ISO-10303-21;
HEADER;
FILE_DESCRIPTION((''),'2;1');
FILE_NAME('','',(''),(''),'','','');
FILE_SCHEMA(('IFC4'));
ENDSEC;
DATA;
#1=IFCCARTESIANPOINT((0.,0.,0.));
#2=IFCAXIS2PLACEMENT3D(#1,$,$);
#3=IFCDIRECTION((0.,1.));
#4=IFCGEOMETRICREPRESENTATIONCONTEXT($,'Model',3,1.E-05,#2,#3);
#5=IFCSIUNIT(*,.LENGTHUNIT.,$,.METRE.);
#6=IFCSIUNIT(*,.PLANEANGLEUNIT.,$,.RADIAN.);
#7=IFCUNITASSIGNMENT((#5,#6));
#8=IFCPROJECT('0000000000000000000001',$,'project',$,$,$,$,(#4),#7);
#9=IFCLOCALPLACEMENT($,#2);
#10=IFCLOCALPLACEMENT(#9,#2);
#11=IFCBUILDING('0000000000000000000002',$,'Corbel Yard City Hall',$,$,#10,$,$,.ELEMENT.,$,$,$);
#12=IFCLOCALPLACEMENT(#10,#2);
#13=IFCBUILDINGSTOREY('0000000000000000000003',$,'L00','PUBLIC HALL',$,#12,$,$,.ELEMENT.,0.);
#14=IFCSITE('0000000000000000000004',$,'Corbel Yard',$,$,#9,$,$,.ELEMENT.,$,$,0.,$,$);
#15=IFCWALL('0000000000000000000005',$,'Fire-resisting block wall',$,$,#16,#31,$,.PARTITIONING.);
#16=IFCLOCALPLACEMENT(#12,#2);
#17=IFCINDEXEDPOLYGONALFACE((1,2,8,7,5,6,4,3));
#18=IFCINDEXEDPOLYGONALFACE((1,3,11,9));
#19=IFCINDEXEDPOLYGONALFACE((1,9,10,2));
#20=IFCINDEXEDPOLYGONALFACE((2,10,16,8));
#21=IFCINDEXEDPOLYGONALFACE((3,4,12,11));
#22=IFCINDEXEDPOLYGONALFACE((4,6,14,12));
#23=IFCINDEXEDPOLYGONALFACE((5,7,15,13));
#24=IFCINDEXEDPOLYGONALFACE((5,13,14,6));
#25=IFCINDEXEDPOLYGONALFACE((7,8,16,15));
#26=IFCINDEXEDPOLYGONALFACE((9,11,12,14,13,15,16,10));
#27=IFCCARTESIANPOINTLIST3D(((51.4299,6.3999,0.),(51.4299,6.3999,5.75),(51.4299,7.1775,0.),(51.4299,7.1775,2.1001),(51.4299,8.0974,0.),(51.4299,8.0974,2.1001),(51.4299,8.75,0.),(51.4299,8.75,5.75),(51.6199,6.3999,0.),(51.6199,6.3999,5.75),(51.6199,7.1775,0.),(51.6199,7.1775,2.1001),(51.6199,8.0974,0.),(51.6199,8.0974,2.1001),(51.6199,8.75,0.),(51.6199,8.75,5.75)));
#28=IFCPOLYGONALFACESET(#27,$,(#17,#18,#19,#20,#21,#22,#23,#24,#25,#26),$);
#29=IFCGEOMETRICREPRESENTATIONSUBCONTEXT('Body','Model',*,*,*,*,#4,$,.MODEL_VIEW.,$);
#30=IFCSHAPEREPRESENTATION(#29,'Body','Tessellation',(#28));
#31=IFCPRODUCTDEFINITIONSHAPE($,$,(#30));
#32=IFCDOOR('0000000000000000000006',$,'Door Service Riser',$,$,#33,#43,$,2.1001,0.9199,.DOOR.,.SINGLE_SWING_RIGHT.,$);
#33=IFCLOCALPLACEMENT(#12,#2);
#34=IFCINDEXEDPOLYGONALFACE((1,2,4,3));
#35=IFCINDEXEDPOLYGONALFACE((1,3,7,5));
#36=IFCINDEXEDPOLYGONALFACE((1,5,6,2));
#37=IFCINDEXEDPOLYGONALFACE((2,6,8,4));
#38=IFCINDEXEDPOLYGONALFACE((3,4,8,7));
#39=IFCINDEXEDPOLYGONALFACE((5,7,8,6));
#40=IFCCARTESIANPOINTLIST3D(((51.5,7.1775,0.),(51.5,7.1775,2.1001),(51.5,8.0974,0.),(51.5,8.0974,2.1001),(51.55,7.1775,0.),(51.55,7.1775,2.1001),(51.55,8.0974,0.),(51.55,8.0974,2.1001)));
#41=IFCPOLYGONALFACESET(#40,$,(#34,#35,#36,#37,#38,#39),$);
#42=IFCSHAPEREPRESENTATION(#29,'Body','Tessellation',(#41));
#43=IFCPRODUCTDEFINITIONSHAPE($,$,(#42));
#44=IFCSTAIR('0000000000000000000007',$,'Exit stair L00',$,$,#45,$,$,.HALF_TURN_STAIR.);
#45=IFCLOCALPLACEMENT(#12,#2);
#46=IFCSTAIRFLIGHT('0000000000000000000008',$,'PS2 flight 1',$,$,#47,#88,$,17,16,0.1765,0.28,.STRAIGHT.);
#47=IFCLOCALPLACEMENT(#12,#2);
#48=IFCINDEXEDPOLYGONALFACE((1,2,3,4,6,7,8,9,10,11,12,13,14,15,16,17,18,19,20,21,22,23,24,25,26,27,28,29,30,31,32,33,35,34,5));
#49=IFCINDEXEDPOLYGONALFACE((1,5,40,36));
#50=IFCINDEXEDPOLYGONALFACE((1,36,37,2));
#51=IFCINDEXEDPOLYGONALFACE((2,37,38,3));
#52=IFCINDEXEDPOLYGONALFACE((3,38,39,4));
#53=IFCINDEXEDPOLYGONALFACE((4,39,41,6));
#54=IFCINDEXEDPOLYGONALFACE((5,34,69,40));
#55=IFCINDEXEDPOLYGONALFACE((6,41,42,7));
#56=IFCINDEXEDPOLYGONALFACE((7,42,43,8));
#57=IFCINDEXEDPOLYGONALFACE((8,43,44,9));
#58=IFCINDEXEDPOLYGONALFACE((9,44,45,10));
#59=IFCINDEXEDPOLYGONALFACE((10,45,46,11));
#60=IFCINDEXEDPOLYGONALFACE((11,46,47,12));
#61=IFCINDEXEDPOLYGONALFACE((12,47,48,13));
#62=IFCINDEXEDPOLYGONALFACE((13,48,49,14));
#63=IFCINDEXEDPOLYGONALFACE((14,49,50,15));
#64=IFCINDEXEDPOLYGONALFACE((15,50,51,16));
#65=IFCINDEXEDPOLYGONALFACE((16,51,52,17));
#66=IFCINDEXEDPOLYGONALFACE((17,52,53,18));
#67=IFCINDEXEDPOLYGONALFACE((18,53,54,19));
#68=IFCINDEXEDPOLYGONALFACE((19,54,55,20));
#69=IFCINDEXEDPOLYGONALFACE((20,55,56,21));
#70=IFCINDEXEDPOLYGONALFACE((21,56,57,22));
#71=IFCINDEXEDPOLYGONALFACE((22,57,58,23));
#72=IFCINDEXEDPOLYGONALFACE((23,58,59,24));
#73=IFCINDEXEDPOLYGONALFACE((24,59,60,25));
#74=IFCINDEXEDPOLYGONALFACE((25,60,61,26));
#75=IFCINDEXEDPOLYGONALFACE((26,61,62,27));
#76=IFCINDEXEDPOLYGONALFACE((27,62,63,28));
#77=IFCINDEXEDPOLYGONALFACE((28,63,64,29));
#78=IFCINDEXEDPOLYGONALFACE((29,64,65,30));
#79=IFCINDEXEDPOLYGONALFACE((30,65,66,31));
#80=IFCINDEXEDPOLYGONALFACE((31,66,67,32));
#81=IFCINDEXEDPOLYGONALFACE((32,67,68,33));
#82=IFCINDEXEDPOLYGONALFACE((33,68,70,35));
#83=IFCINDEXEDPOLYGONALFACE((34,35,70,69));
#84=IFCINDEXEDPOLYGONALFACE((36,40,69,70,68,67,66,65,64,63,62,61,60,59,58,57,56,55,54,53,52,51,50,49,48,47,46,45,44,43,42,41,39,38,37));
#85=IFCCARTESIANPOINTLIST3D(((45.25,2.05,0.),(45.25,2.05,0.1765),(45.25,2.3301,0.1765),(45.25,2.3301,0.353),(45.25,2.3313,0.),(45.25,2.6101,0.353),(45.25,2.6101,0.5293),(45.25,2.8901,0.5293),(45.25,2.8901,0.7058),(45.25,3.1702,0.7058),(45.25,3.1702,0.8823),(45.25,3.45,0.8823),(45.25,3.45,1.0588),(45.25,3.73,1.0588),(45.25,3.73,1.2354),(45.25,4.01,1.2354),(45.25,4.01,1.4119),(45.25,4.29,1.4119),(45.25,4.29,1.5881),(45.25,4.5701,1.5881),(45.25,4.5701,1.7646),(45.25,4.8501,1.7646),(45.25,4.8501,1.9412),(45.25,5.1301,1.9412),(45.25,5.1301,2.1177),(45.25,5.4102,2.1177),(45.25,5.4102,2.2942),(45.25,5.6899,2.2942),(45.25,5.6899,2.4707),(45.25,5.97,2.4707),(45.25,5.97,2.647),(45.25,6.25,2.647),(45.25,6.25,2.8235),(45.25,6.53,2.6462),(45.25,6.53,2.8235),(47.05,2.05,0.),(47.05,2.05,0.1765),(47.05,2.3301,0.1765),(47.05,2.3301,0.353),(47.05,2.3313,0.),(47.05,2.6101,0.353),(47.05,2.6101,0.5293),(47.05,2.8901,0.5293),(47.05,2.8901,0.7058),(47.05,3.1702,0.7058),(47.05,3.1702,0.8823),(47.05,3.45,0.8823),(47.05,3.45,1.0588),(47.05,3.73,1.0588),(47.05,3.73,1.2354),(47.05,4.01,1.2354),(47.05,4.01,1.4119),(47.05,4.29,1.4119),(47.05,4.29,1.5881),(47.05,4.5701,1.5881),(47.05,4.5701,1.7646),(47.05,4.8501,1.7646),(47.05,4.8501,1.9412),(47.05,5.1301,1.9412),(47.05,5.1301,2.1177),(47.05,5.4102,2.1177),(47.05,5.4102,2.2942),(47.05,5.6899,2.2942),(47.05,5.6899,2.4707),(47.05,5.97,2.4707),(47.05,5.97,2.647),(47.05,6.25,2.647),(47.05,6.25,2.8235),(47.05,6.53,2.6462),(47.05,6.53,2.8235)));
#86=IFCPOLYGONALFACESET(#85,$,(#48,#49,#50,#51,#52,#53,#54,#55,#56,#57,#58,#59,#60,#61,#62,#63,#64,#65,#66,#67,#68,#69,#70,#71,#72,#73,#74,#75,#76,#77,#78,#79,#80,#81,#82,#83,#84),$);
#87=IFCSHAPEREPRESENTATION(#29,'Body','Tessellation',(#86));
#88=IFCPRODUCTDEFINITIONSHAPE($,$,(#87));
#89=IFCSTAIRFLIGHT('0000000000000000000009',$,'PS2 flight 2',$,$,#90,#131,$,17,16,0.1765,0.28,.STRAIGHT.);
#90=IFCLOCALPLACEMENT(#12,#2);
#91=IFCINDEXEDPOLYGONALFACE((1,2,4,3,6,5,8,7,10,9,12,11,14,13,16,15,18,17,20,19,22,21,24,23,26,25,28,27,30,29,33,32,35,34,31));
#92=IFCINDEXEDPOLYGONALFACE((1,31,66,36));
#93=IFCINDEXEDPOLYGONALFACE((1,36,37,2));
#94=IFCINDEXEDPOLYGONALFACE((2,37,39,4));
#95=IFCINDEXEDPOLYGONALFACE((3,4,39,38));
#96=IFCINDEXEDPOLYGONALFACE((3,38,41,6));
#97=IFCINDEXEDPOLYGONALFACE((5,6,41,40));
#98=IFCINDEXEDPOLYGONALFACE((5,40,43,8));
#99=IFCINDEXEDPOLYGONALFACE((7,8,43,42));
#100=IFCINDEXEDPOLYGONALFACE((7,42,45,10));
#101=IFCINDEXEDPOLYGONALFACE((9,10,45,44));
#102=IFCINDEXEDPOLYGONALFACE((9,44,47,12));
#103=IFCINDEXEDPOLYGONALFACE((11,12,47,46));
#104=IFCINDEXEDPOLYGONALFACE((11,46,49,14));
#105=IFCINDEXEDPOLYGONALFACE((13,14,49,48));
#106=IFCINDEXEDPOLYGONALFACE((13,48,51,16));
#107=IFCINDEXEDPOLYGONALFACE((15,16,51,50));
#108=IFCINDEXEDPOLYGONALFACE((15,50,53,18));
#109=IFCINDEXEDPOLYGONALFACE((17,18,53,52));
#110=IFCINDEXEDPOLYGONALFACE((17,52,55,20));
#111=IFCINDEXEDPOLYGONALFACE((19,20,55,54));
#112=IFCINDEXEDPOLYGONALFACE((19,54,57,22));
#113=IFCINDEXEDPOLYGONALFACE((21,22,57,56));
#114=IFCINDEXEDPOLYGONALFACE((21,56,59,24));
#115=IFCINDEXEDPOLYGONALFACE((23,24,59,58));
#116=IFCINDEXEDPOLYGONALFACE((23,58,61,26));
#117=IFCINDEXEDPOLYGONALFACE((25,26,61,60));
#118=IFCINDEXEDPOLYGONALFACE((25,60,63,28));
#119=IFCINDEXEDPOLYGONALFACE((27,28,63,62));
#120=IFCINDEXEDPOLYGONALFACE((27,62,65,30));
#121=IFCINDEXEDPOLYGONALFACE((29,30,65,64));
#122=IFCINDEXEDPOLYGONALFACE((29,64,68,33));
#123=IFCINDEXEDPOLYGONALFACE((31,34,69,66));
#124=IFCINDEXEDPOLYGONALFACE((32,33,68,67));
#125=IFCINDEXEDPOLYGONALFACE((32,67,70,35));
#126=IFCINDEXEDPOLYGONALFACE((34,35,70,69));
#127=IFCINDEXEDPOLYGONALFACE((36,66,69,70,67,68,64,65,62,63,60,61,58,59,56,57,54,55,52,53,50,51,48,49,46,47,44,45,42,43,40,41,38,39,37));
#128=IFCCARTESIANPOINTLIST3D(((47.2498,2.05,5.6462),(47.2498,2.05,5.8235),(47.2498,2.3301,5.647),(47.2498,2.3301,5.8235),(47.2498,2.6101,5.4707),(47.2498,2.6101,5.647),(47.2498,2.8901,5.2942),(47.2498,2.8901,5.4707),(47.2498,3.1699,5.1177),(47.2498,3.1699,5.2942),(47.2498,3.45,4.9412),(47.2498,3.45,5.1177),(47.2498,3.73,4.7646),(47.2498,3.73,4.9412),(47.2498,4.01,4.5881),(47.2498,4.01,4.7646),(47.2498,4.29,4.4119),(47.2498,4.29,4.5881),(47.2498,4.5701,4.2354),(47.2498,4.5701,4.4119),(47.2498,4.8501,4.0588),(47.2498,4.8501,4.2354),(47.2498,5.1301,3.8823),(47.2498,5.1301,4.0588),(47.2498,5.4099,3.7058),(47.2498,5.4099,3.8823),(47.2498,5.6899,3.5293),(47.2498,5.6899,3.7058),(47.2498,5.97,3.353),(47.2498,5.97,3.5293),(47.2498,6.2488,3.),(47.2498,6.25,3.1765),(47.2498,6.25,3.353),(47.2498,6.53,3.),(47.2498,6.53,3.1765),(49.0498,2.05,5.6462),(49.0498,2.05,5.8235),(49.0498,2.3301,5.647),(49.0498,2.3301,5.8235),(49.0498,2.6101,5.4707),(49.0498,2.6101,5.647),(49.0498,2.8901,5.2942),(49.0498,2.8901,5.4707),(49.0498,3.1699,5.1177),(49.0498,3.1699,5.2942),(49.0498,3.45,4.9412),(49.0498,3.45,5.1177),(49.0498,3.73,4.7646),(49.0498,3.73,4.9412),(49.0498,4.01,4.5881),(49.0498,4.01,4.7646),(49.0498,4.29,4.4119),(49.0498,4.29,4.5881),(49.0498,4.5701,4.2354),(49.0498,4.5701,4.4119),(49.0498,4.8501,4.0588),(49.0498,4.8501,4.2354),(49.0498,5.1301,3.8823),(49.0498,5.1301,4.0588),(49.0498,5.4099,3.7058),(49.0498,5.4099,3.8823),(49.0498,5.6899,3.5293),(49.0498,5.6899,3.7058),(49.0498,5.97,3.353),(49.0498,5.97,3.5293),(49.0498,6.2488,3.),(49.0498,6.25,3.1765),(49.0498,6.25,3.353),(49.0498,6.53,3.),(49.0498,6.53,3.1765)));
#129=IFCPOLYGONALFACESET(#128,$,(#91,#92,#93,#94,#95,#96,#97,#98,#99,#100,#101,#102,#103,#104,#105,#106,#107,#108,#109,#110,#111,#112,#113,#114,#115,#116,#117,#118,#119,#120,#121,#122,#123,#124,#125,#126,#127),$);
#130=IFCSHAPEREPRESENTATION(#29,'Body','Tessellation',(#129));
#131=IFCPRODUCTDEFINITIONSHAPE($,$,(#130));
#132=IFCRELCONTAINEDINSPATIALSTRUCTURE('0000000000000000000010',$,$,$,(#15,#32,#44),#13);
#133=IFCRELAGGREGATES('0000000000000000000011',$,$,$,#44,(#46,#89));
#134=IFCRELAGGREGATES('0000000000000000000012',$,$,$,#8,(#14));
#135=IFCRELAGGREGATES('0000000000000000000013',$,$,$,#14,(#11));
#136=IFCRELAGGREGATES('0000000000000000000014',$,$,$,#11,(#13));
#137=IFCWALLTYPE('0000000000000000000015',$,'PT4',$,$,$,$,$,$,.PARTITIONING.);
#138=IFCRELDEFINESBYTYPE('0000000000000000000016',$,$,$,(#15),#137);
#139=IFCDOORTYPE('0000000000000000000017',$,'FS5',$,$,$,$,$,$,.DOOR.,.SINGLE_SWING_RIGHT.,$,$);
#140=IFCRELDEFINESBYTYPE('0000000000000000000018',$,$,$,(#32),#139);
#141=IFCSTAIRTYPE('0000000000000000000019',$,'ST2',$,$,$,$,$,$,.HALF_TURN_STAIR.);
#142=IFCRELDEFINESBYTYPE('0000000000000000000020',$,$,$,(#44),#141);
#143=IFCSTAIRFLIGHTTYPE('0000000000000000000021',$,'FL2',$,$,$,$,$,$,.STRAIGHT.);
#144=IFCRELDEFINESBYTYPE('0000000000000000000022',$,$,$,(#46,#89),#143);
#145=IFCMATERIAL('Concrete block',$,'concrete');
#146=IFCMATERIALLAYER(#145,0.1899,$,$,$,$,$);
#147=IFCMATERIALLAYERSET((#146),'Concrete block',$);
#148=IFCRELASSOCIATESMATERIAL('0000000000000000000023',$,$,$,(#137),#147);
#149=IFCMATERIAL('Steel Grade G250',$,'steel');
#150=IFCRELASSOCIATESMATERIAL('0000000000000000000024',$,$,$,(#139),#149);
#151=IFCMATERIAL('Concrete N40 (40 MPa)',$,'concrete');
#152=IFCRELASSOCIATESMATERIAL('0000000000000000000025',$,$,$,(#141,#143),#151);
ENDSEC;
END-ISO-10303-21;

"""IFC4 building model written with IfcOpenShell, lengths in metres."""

from ifc_helpers import new_model, si_unit, direction, frame, frame_2d, origin, place, context, subcontext, project, spatial, polyline, rectangle, outline, extrude, material, layer, layer_set, type_object, element, fill, aggregate, save


model = new_model("IFC4")

# Units and contexts
model_context = context("Model", 3, precision=1e-05, world=origin(), true_north=direction((0.0, 1.0)))
body_context = subcontext(model_context, "Body", "Model", "MODEL_VIEW")
ifc_project = project(units=[si_unit("LENGTHUNIT", "METRE"), si_unit("PLANEANGLEUNIT", "RADIAN")], contexts=[model_context])

# Site, building, storey
site_placement = place(None, origin())
site = spatial("IfcSite", under=ifc_project, at=site_placement, Name="Corbel Yard", CompositionType="ELEMENT", RefElevation=0.0)
building_placement = place(site_placement, origin())
building = spatial("IfcBuilding", under=site, at=building_placement, Name="Corbel Yard City Hall", CompositionType="ELEMENT")
storey_placement = place(building_placement, origin())
storey = spatial("IfcBuildingStorey", under=building, at=storey_placement, Name="L00", Description="PUBLIC HALL", CompositionType="ELEMENT", Elevation=0.0)

# Shared definitions
ifc_material_1 = material(Name="Concrete N40 (40 MPa)", Category="concrete")

# Shared definitions
ifc_material_2 = material(Name="Steel Grade G250", Category="steel")

# Wall, opening, door
ifc_material_3 = material(Name="Concrete block", Category="concrete")
ifc_layer_1 = layer(ifc_material_3, 0.1899)
ifc_layer_set_1 = layer_set([ifc_layer_1], Name="Concrete block")
wall_type_1 = type_object("IfcWallType", Name="PT4", PredefinedType="PARTITIONING", material=ifc_layer_set_1)
wall_1_placement = place(storey_placement, frame((51.5249, 6.3999, 0.0), z_axis=(0.0, 0.0, 1.0), x_axis=(0.0, 1.0, 0.0)))
wall_1 = element("IfcWall", 1, at=wall_1_placement, inside=storey, type_object=wall_type_1, Name="Fire-resisting block wall", PredefinedType="PARTITIONING", context=body_context, shape_type="SweptSolid", body=[
    extrude(rectangle(XDim=2.3501, YDim=0.1899, at=frame_2d((1.175, 0.0))), origin(), (0.0, 0.0, 1.0), 5.75),
])
opening_1_placement = place(wall_1_placement, frame((0.7776, 0.0, 0.0)))
opening_1 = element("IfcOpeningElement", 2, at=opening_1_placement, cuts=wall_1, PredefinedType="OPENING", context=body_context, shape_type="SweptSolid", body=[
    extrude(rectangle(XDim=0.9199, YDim=2.1001, at=frame_2d((0.46, 1.05))), frame((0.0, 0.105, 0.0), z_axis=(0.0, -1.0, 0.0), x_axis=(1.0, 0.0, 0.0)), (0.0, 0.0, 1.0), 0.21),
])
door_type_1 = type_object("IfcDoorType", Name="FS5", OperationType="SINGLE_SWING_RIGHT", PredefinedType="DOOR", material=ifc_material_2)
door_1_placement = place(opening_1_placement, origin())
door_1 = element("IfcDoor", 3, at=door_1_placement, inside=storey, type_object=door_type_1, Name="Door Service Riser", OperationType="SINGLE_SWING_RIGHT", OverallHeight=2.1001, OverallWidth=0.9199, PredefinedType="DOOR", context=body_context, shape_type="SweptSolid", body=[
    extrude(rectangle(XDim=0.9199, YDim=2.1001, at=frame_2d((0.46, 1.05))), frame((0.0, 0.0249, 0.0), z_axis=(0.0, -1.0, 0.0), x_axis=(1.0, 0.0, 0.0)), (0.0, 0.0, 1.0), 0.05),
])
fill(opening_1, door_1)

# Stair, stair flights
stair_type = type_object("IfcStairType", Name="ST2", PredefinedType="HALF_TURN_STAIR", material=ifc_material_1)
stair_placement = place(storey_placement, origin())
stair = element("IfcStair", 4, at=stair_placement, inside=storey, type_object=stair_type, Name="Exit stair L00", PredefinedType="HALF_TURN_STAIR")
stair_flight_type = type_object("IfcStairFlightType", Name="FL2", PredefinedType="STRAIGHT", material=ifc_material_1)
stair_flight_1_placement = place(storey_placement, frame((46.1499, 2.05, 0.0), z_axis=(0.0, 0.0, 1.0), x_axis=(0.0, 1.0, 0.0)))
stair_flight_1 = element("IfcStairFlight", 5, at=stair_flight_1_placement, type_object=stair_flight_type, Name="PS2 flight 1", NumberOfRisers=17, NumberOfTreads=16, PredefinedType="STRAIGHT", RiserHeight=0.1765, TreadLength=0.28, context=body_context, shape_type="SweptSolid", body=[
    extrude(outline(polyline([(0.0, 0.0), (0.0, 0.1765), (0.28, 0.1765), (0.28, 0.353), (0.5601, 0.353), (0.5601, 0.5293), (0.8401, 0.5293), (0.8401, 0.7058), (1.1201, 0.7058), (1.1201, 0.8823), (1.3999, 0.8823), (1.3999, 1.0588), (1.6799, 1.0588), (1.6799, 1.2354), (1.96, 1.2354), (1.96, 1.4119), (2.24, 1.4119), (2.24, 1.5881), (2.52, 1.5881), (2.52, 1.7646), (2.8, 1.7646), (2.8, 1.9412), (3.0801, 1.9412), (3.0801, 2.1177), (3.3601, 2.1177), (3.3601, 2.2942), (3.6399, 2.2942), (3.6399, 2.4707), (3.9199, 2.4707), (3.9199, 2.647), (4.2, 2.647), (4.2, 2.8235), (4.48, 2.8235), (4.48, 3.0), (4.48, 2.6462), (0.2812, 0.0), (0.0, 0.0)])), frame((0.0, 0.8999, 0.0), z_axis=(0.0, -1.0, 0.0), x_axis=(1.0, 0.0, 0.0)), (0.0, 0.0, 1.0), 1.8),
])
stair_flight_2_placement = place(storey_placement, frame((48.1499, 6.53, 3.0), z_axis=(0.0, 0.0, 1.0), x_axis=(0.0, -1.0, 0.0)))
stair_flight_2 = element("IfcStairFlight", 6, at=stair_flight_2_placement, type_object=stair_flight_type, Name="PS2 flight 2", NumberOfRisers=17, NumberOfTreads=16, PredefinedType="STRAIGHT", RiserHeight=0.1765, TreadLength=0.28, context=body_context, shape_type="SweptSolid", body=[
    extrude(outline(polyline([(0.0, 0.0), (0.0, 0.1765), (0.28, 0.1765), (0.28, 0.353), (0.5601, 0.353), (0.5601, 0.5293), (0.8401, 0.5293), (0.8401, 0.7058), (1.1201, 0.7058), (1.1201, 0.8823), (1.3999, 0.8823), (1.3999, 1.0588), (1.6799, 1.0588), (1.6799, 1.2354), (1.96, 1.2354), (1.96, 1.4119), (2.24, 1.4119), (2.24, 1.5881), (2.52, 1.5881), (2.52, 1.7646), (2.8, 1.7646), (2.8, 1.9412), (3.0801, 1.9412), (3.0801, 2.1177), (3.3601, 2.1177), (3.3601, 2.2942), (3.6399, 2.2942), (3.6399, 2.4707), (3.9199, 2.4707), (3.9199, 2.647), (4.2, 2.647), (4.2, 2.8235), (4.48, 2.8235), (4.48, 3.0), (4.48, 2.6462), (0.2812, 0.0), (0.0, 0.0)])), frame((0.0, 0.8999, 0.0), z_axis=(0.0, -1.0, 0.0), x_axis=(1.0, 0.0, 0.0)), (0.0, 0.0, 1.0), 1.8),
])
aggregate(stair, [stair_flight_1, stair_flight_2])

save(model, "model.ifc")
